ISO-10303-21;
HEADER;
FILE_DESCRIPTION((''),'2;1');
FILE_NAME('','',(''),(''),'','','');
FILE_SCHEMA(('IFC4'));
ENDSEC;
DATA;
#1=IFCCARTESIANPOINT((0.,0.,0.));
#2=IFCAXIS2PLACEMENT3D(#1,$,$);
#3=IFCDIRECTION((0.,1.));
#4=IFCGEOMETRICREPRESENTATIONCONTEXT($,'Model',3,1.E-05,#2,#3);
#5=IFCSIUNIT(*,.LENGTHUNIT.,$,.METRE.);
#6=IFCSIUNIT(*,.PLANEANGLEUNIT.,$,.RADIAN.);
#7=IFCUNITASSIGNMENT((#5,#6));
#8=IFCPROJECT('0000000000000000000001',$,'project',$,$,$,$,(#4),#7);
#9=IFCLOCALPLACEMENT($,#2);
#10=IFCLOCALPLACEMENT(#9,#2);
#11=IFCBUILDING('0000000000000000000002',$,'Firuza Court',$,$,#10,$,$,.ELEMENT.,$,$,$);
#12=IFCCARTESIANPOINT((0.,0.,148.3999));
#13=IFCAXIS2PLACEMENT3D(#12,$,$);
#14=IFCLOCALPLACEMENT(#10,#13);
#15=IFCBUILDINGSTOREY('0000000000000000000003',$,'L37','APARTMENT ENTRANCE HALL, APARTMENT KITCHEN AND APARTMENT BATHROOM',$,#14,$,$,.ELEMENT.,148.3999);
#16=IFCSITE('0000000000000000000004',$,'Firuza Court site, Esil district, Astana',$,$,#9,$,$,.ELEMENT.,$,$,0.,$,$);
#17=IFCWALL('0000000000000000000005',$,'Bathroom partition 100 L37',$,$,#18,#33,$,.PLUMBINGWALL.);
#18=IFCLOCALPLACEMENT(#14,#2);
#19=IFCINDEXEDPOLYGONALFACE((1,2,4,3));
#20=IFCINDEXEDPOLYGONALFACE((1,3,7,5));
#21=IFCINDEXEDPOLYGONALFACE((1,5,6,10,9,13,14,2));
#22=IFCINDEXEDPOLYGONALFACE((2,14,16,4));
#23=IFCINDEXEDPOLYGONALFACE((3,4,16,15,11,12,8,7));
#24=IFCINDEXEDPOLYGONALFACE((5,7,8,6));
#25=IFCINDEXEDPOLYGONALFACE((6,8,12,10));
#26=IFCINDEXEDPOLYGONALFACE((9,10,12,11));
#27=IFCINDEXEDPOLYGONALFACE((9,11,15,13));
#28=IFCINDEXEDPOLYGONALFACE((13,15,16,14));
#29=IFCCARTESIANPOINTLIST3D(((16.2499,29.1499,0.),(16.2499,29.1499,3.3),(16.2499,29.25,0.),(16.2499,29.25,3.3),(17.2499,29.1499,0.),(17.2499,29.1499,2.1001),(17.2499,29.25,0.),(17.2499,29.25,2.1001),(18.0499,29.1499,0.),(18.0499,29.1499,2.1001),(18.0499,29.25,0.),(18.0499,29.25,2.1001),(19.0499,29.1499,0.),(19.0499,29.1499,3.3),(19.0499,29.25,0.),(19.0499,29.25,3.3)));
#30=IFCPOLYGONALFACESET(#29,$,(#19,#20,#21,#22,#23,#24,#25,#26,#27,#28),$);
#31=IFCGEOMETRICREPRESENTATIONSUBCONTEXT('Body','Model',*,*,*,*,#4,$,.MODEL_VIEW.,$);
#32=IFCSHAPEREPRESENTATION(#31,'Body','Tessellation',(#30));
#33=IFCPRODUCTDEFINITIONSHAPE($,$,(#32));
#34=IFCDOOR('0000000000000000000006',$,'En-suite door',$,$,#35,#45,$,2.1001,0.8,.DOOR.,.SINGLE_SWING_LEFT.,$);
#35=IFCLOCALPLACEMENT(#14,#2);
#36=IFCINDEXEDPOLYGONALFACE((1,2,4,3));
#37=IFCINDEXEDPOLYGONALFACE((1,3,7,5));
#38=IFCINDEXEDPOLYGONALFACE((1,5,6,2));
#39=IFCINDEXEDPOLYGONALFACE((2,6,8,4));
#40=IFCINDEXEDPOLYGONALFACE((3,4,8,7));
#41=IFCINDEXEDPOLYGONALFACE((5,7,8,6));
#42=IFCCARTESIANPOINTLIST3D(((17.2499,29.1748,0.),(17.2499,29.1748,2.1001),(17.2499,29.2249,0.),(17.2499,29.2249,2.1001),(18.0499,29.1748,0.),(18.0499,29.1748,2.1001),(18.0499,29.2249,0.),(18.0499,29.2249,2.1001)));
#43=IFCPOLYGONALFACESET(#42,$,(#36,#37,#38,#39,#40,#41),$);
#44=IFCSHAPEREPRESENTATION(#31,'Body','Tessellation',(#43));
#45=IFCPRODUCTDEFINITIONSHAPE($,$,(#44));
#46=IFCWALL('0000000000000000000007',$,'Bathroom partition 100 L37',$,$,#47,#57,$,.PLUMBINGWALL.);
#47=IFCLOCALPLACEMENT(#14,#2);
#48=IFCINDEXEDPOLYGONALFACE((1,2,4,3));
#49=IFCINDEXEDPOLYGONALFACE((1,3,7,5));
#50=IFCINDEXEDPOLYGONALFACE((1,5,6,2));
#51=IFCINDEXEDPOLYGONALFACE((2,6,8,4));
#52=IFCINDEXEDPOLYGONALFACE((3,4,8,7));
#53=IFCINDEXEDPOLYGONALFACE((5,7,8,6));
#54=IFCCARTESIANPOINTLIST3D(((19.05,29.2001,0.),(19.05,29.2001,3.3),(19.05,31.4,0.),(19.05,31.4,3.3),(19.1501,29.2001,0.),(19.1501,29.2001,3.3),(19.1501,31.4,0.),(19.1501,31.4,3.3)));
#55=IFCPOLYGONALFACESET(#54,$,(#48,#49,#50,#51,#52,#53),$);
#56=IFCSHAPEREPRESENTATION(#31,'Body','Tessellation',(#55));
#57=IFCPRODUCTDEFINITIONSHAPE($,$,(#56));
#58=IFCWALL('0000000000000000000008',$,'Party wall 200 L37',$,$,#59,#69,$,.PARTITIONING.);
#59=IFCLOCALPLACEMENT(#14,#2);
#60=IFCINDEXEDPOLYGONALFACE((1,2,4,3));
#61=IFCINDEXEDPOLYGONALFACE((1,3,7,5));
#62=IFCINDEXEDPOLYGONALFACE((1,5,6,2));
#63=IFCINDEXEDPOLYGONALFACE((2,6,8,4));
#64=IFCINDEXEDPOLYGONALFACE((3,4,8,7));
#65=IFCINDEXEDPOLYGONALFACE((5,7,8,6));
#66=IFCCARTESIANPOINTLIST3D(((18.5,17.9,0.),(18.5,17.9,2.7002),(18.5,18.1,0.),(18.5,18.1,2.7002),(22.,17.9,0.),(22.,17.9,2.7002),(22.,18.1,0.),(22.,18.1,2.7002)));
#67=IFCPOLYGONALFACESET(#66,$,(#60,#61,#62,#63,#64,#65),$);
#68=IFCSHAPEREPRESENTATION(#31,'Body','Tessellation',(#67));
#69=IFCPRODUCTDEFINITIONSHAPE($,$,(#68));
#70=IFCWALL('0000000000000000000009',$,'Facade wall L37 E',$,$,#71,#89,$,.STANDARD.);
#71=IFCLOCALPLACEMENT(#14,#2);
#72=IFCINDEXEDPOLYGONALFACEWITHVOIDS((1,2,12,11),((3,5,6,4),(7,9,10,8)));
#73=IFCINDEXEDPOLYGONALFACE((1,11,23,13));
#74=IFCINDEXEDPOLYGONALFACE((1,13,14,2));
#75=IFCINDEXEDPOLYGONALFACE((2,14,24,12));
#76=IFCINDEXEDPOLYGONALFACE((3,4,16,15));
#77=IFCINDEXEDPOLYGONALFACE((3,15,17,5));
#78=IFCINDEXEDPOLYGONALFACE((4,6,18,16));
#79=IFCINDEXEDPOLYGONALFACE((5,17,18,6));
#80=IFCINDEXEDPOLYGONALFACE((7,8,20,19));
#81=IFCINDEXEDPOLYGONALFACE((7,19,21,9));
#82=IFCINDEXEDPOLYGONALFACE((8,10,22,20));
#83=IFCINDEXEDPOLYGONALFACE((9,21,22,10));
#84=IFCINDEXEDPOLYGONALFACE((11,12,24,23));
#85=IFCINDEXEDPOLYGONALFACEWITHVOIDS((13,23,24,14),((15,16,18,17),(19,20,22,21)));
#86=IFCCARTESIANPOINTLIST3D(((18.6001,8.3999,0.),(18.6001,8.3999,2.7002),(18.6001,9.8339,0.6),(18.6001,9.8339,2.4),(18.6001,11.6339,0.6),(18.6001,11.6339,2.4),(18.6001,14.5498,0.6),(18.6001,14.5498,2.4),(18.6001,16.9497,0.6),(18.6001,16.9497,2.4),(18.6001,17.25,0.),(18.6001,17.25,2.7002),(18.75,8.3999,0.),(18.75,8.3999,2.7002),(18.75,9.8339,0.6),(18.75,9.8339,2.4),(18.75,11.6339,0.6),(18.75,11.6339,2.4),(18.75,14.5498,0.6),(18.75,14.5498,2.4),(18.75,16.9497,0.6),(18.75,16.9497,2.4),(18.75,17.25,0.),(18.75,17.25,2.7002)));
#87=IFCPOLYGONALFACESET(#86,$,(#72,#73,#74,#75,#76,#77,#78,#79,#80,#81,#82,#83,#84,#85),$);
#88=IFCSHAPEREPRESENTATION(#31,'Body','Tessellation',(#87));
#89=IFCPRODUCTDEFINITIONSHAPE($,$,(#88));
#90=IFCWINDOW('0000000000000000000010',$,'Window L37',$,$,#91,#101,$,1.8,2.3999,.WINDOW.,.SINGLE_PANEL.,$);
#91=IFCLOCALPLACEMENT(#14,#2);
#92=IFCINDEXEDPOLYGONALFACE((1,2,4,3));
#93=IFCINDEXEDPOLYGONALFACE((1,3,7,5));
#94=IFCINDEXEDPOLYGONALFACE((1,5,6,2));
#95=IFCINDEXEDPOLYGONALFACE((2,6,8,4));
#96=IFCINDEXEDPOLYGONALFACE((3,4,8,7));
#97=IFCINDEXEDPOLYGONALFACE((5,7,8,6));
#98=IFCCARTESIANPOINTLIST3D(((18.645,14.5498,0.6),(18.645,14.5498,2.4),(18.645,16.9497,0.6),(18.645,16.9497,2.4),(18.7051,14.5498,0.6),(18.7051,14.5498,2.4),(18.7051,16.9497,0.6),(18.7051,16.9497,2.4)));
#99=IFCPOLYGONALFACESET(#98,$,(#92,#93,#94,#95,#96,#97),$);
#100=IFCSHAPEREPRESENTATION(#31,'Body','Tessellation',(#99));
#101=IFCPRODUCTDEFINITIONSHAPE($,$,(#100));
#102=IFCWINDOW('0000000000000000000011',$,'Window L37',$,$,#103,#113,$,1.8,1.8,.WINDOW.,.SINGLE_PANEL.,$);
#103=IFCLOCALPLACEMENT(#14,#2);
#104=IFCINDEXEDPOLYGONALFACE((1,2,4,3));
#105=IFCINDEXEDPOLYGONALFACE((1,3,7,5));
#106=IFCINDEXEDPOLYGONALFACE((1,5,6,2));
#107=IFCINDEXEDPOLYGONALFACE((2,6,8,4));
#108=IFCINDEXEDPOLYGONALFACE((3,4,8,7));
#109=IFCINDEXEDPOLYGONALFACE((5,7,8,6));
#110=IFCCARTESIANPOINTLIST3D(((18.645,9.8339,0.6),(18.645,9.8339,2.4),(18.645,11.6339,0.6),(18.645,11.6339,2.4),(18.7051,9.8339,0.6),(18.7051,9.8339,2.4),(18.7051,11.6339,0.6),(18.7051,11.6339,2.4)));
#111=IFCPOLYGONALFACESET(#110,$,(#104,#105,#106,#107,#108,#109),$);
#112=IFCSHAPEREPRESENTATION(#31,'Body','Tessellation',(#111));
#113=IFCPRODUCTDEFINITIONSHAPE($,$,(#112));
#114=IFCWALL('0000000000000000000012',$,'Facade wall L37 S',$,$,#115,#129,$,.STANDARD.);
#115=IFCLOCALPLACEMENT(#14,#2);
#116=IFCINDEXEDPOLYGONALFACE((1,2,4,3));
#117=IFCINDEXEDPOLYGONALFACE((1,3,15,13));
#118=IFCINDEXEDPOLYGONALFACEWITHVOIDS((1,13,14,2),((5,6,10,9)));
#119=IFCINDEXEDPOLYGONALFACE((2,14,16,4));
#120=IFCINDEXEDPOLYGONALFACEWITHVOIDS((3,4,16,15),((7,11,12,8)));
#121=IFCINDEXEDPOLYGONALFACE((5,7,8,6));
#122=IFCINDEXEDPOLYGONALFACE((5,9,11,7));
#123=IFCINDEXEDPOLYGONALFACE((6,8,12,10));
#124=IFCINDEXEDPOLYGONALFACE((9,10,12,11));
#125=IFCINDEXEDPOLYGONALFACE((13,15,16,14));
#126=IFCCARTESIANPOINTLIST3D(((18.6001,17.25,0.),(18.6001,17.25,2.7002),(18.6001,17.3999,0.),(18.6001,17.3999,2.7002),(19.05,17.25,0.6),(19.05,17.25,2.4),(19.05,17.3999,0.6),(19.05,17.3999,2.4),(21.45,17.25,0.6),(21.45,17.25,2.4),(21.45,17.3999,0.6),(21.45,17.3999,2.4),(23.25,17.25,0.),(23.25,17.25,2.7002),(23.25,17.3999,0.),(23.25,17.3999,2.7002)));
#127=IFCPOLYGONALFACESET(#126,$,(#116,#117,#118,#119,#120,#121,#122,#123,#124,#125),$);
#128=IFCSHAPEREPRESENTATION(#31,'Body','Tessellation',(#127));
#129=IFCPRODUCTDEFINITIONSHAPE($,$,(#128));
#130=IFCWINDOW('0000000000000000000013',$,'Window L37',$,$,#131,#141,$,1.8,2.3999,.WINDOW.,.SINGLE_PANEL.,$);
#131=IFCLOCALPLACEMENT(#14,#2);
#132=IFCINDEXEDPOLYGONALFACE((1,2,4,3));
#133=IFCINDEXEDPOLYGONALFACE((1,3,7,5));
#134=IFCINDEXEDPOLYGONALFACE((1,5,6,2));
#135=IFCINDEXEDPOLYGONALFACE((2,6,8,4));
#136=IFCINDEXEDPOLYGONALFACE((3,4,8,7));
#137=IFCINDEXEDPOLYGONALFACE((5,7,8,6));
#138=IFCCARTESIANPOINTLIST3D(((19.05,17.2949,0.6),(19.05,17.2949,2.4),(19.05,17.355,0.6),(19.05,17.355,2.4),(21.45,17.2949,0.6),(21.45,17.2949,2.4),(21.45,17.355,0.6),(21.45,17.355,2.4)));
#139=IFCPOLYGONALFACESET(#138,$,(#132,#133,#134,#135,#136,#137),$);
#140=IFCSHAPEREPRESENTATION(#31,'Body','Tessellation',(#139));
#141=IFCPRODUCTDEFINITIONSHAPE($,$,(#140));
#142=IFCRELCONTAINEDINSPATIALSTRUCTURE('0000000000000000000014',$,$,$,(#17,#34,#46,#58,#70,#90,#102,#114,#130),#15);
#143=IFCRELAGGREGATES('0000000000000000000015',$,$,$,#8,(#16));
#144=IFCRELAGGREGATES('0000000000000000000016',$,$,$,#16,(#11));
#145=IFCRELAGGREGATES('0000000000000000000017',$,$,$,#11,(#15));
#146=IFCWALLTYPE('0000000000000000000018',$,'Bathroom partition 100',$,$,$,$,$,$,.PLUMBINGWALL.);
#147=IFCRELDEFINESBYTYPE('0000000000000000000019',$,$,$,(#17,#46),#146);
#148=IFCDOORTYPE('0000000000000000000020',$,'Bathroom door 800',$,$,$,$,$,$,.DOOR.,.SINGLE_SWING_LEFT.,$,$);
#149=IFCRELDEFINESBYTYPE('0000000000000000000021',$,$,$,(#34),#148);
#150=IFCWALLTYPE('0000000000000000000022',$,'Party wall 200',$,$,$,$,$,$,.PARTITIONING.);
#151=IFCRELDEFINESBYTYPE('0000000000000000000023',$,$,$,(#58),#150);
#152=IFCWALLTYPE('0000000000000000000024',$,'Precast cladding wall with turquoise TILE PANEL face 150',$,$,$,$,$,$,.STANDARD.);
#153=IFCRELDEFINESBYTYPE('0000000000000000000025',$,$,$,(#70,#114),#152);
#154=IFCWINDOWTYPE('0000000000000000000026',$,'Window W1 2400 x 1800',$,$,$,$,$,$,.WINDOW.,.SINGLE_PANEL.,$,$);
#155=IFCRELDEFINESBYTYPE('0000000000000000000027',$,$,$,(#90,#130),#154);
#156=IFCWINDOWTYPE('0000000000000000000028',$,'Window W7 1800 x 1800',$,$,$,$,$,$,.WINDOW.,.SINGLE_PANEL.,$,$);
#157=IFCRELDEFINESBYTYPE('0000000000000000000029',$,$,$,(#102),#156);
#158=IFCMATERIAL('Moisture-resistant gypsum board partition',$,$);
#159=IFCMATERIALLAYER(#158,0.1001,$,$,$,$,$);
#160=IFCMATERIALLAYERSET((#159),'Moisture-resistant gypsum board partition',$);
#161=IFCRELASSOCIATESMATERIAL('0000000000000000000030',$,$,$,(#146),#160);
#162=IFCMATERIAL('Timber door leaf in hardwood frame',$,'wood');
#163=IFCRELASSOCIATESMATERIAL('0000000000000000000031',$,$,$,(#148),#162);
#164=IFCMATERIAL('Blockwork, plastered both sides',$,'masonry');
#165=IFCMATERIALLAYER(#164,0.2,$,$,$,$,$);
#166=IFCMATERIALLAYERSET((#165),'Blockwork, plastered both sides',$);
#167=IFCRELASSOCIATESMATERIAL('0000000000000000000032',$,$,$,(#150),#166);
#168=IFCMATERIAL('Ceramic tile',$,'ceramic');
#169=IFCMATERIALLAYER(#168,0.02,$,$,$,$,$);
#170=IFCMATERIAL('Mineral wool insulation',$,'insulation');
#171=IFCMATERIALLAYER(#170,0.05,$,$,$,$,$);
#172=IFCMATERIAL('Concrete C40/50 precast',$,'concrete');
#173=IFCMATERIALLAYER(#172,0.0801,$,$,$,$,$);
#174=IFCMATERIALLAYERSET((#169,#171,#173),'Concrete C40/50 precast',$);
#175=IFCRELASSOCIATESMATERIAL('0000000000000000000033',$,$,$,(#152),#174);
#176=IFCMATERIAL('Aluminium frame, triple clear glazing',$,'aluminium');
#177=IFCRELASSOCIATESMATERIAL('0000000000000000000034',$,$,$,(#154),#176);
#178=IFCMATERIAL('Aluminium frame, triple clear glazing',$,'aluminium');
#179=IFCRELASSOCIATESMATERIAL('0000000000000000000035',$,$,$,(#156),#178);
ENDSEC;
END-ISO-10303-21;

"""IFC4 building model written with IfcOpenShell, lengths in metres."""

from ifc_helpers import new_model, si_unit, direction, frame, frame_2d, origin, place, context, subcontext, project, spatial, rectangle, extrude, material, layer, layer_set, type_object, element, fill, save


model = new_model("IFC4")

# Units and contexts
model_context = context("Model", 3, precision=1e-05, world=origin(), true_north=direction((0.0, 1.0)))
body_context = subcontext(model_context, "Body", "Model", "MODEL_VIEW")
ifc_project = project(units=[si_unit("LENGTHUNIT", "METRE"), si_unit("PLANEANGLEUNIT", "RADIAN")], contexts=[model_context])

# Site, building, storey
site_placement = place(None, origin())
site = spatial("IfcSite", under=ifc_project, at=site_placement, Name="Firuza Court site, Esil district, Astana", CompositionType="ELEMENT", RefElevation=0.0)
building_placement = place(site_placement, origin())
building = spatial("IfcBuilding", under=site, at=building_placement, Name="Firuza Court", CompositionType="ELEMENT")
storey_placement = place(building_placement, frame((0.0, 0.0, 148.3999)))
storey = spatial("IfcBuildingStorey", under=building, at=storey_placement, Name="L37", Description="APARTMENT ENTRANCE HALL, APARTMENT KITCHEN AND APARTMENT BATHROOM", CompositionType="ELEMENT", Elevation=148.3999)

# Wall, opening, door
ifc_material_1 = material(Name="Moisture-resistant gypsum board partition")
ifc_layer_1 = layer(ifc_material_1, 0.1001)
ifc_layer_set_1 = layer_set([ifc_layer_1], Name="Moisture-resistant gypsum board partition")
wall_type_1 = type_object("IfcWallType", Name="Bathroom partition 100", PredefinedType="PLUMBINGWALL", material=ifc_layer_set_1)
wall_1_placement = place(storey_placement, frame((16.25, 29.2, 0.0), z_axis=(0.0, 0.0, 1.0), x_axis=(1.0, 0.0, 0.0)))
wall_1 = element("IfcWall", 1, at=wall_1_placement, inside=storey, type_object=wall_type_1, Name="Bathroom partition 100 L37", PredefinedType="PLUMBINGWALL", context=body_context, shape_type="SweptSolid", body=[
    extrude(rectangle(XDim=2.8, YDim=0.1001, at=frame_2d((1.3999, 0.0))), origin(), (0.0, 0.0, 1.0), 3.3),
])
opening_1_placement = place(wall_1_placement, frame((1.0, 0.0, 0.0)))
opening_1 = element("IfcOpeningElement", 2, at=opening_1_placement, cuts=wall_1, PredefinedType="OPENING", context=body_context, shape_type="SweptSolid", body=[
    extrude(rectangle(XDim=0.8, YDim=2.1001, at=frame_2d((0.3999, 1.05))), frame((0.0, 0.062, 0.0), z_axis=(0.0, -1.0, 0.0), x_axis=(1.0, 0.0, 0.0)), (0.0, 0.0, 1.0), 0.124),
])
ifc_material_2 = material(Name="Timber door leaf in hardwood frame", Category="wood")
door_type = type_object("IfcDoorType", Name="Bathroom door 800", OperationType="SINGLE_SWING_LEFT", PredefinedType="DOOR", material=ifc_material_2)
door_placement = place(opening_1_placement, origin())
door = element("IfcDoor", 3, at=door_placement, inside=storey, type_object=door_type, Name="En-suite door", OperationType="SINGLE_SWING_LEFT", OverallHeight=2.1001, OverallWidth=0.8, PredefinedType="DOOR", context=body_context, shape_type="SweptSolid", body=[
    extrude(rectangle(XDim=0.8, YDim=2.1001, at=frame_2d((0.3999, 1.05))), frame((0.0, 0.0249, 0.0), z_axis=(0.0, -1.0, 0.0), x_axis=(1.0, 0.0, 0.0)), (0.0, 0.0, 1.0), 0.05),
])
fill(opening_1, door)

# Walls
wall_2_placement = place(storey_placement, frame((19.1001, 29.2, 0.0), z_axis=(0.0, 0.0, 1.0), x_axis=(0.0, 1.0, 0.0)))
element("IfcWall", 4, at=wall_2_placement, inside=storey, type_object=wall_type_1, Name="Bathroom partition 100 L37", PredefinedType="PLUMBINGWALL", context=body_context, shape_type="SweptSolid", body=[
    extrude(rectangle(XDim=2.2, YDim=0.1001, at=frame_2d((1.1001, 0.0))), origin(), (0.0, 0.0, 1.0), 3.3),
])
ifc_material_3 = material(Name="Blockwork, plastered both sides", Category="masonry")
ifc_layer_2 = layer(ifc_material_3, 0.2)
ifc_layer_set_2 = layer_set([ifc_layer_2], Name="Blockwork, plastered both sides")
wall_type_2 = type_object("IfcWallType", Name="Party wall 200", PredefinedType="PARTITIONING", material=ifc_layer_set_2)
wall_3_placement = place(storey_placement, frame((18.5, 18.0, 0.0), z_axis=(0.0, 0.0, 1.0), x_axis=(1.0, 0.0, 0.0)))
element("IfcWall", 5, at=wall_3_placement, inside=storey, type_object=wall_type_2, Name="Party wall 200 L37", PredefinedType="PARTITIONING", context=body_context, shape_type="SweptSolid", body=[
    extrude(rectangle(XDim=3.5, YDim=0.2, at=frame_2d((1.75, 0.0))), origin(), (0.0, 0.0, 1.0), 2.7002),
])

# Wall, openings, windows
ifc_material_4 = material(Name="Ceramic tile", Category="ceramic")
ifc_layer_3 = layer(ifc_material_4, 0.02)
ifc_material_5 = material(Name="Mineral wool insulation", Category="insulation")
ifc_layer_4 = layer(ifc_material_5, 0.05)
ifc_material_6 = material(Name="Concrete C40/50 precast", Category="concrete")
ifc_layer_5 = layer(ifc_material_6, 0.0801)
ifc_layer_set_3 = layer_set([ifc_layer_3, ifc_layer_4, ifc_layer_5], Name="Concrete C40/50 precast")
wall_type_3 = type_object("IfcWallType", Name="Precast cladding wall with turquoise TILE PANEL face 150", PredefinedType="STANDARD", material=ifc_layer_set_3)
wall_4_placement = place(storey_placement, frame((18.675, 8.3999, 0.0), z_axis=(0.0, 0.0, 1.0), x_axis=(0.0, 1.0, 0.0)))
wall_4 = element("IfcWall", 6, at=wall_4_placement, inside=storey, type_object=wall_type_3, Name="Facade wall L37 E", PredefinedType="STANDARD", context=body_context, shape_type="SweptSolid", body=[
    extrude(rectangle(XDim=8.8501, YDim=0.1499, at=frame_2d((4.425, 0.0))), origin(), (0.0, 0.0, 1.0), 2.7002),
])
opening_2_placement = place(wall_4_placement, frame((1.4341, 0.0, 0.6001)))
opening_2 = element("IfcOpeningElement", 7, at=opening_2_placement, cuts=wall_4, PredefinedType="OPENING", context=body_context, shape_type="SweptSolid", body=[
    extrude(rectangle(XDim=1.8, YDim=1.8, at=frame_2d((0.8999, 0.8999))), frame((0.0, 0.0869, 0.0), z_axis=(0.0, -1.0, 0.0), x_axis=(1.0, 0.0, 0.0)), (0.0, 0.0, 1.0), 0.1738),
])
opening_3_placement = place(wall_4_placement, frame((6.1499, 0.0, 0.6001)))
opening_3 = element("IfcOpeningElement", 8, at=opening_3_placement, cuts=wall_4, PredefinedType="OPENING", context=body_context, shape_type="SweptSolid", body=[
    extrude(rectangle(XDim=2.3999, YDim=1.8, at=frame_2d((1.2, 0.8999))), frame((0.0, 0.0869, 0.0), z_axis=(0.0, -1.0, 0.0), x_axis=(1.0, 0.0, 0.0)), (0.0, 0.0, 1.0), 0.1738),
])
ifc_material_7 = material(Name="Aluminium frame, triple clear glazing", Category="aluminium")
window_type_1 = type_object("IfcWindowType", Name="Window W1 2400 x 1800", PartitioningType="SINGLE_PANEL", PredefinedType="WINDOW", material=ifc_material_7)
window_1_placement = place(opening_3_placement, origin())
window_1 = element("IfcWindow", 9, at=window_1_placement, inside=storey, type_object=window_type_1, Name="Window L37", OverallHeight=1.8, OverallWidth=2.3999, PartitioningType="SINGLE_PANEL", PredefinedType="WINDOW", context=body_context, shape_type="SweptSolid", body=[
    extrude(rectangle(XDim=2.3999, YDim=1.8, at=frame_2d((1.2, 0.8999))), frame((0.0, 0.03, 0.0), z_axis=(0.0, -1.0, 0.0), x_axis=(1.0, 0.0, 0.0)), (0.0, 0.0, 1.0), 0.0601),
])
fill(opening_3, window_1)
ifc_material_8 = material(Name="Aluminium frame, triple clear glazing", Category="aluminium")
window_type_2 = type_object("IfcWindowType", Name="Window W7 1800 x 1800", PartitioningType="SINGLE_PANEL", PredefinedType="WINDOW", material=ifc_material_8)
window_2_placement = place(opening_2_placement, origin())
window_2 = element("IfcWindow", 10, at=window_2_placement, inside=storey, type_object=window_type_2, Name="Window L37", OverallHeight=1.8, OverallWidth=1.8, PartitioningType="SINGLE_PANEL", PredefinedType="WINDOW", context=body_context, shape_type="SweptSolid", body=[
    extrude(rectangle(XDim=1.8, YDim=1.8, at=frame_2d((0.8999, 0.8999))), frame((0.0, 0.03, 0.0), z_axis=(0.0, -1.0, 0.0), x_axis=(1.0, 0.0, 0.0)), (0.0, 0.0, 1.0), 0.0601),
])
fill(opening_2, window_2)

# Wall, opening, window
wall_5_placement = place(storey_placement, frame((18.6001, 17.325, 0.0), z_axis=(0.0, 0.0, 1.0), x_axis=(1.0, 0.0, 0.0)))
wall_5 = element("IfcWall", 11, at=wall_5_placement, inside=storey, type_object=wall_type_3, Name="Facade wall L37 S", PredefinedType="STANDARD", context=body_context, shape_type="SweptSolid", body=[
    extrude(rectangle(XDim=4.6499, YDim=0.1499, at=frame_2d((2.325, 0.0))), origin(), (0.0, 0.0, 1.0), 2.7002),
])
opening_4_placement = place(wall_5_placement, frame((0.45, 0.0, 0.6001)))
opening_4 = element("IfcOpeningElement", 12, at=opening_4_placement, cuts=wall_5, PredefinedType="OPENING", context=body_context, shape_type="SweptSolid", body=[
    extrude(rectangle(XDim=2.3999, YDim=1.8, at=frame_2d((1.2, 0.8999))), frame((0.0, 0.0869, 0.0), z_axis=(0.0, -1.0, 0.0), x_axis=(1.0, 0.0, 0.0)), (0.0, 0.0, 1.0), 0.1738),
])
window_3_placement = place(opening_4_placement, origin())
window_3 = element("IfcWindow", 13, at=window_3_placement, inside=storey, type_object=window_type_1, Name="Window L37", OverallHeight=1.8, OverallWidth=2.3999, PartitioningType="SINGLE_PANEL", PredefinedType="WINDOW", context=body_context, shape_type="SweptSolid", body=[
    extrude(rectangle(XDim=2.3999, YDim=1.8, at=frame_2d((1.2, 0.8999))), frame((0.0, 0.03, 0.0), z_axis=(0.0, -1.0, 0.0), x_axis=(1.0, 0.0, 0.0)), (0.0, 0.0, 1.0), 0.0601),
])
fill(opening_4, window_3)

save(model, "model.ifc")
